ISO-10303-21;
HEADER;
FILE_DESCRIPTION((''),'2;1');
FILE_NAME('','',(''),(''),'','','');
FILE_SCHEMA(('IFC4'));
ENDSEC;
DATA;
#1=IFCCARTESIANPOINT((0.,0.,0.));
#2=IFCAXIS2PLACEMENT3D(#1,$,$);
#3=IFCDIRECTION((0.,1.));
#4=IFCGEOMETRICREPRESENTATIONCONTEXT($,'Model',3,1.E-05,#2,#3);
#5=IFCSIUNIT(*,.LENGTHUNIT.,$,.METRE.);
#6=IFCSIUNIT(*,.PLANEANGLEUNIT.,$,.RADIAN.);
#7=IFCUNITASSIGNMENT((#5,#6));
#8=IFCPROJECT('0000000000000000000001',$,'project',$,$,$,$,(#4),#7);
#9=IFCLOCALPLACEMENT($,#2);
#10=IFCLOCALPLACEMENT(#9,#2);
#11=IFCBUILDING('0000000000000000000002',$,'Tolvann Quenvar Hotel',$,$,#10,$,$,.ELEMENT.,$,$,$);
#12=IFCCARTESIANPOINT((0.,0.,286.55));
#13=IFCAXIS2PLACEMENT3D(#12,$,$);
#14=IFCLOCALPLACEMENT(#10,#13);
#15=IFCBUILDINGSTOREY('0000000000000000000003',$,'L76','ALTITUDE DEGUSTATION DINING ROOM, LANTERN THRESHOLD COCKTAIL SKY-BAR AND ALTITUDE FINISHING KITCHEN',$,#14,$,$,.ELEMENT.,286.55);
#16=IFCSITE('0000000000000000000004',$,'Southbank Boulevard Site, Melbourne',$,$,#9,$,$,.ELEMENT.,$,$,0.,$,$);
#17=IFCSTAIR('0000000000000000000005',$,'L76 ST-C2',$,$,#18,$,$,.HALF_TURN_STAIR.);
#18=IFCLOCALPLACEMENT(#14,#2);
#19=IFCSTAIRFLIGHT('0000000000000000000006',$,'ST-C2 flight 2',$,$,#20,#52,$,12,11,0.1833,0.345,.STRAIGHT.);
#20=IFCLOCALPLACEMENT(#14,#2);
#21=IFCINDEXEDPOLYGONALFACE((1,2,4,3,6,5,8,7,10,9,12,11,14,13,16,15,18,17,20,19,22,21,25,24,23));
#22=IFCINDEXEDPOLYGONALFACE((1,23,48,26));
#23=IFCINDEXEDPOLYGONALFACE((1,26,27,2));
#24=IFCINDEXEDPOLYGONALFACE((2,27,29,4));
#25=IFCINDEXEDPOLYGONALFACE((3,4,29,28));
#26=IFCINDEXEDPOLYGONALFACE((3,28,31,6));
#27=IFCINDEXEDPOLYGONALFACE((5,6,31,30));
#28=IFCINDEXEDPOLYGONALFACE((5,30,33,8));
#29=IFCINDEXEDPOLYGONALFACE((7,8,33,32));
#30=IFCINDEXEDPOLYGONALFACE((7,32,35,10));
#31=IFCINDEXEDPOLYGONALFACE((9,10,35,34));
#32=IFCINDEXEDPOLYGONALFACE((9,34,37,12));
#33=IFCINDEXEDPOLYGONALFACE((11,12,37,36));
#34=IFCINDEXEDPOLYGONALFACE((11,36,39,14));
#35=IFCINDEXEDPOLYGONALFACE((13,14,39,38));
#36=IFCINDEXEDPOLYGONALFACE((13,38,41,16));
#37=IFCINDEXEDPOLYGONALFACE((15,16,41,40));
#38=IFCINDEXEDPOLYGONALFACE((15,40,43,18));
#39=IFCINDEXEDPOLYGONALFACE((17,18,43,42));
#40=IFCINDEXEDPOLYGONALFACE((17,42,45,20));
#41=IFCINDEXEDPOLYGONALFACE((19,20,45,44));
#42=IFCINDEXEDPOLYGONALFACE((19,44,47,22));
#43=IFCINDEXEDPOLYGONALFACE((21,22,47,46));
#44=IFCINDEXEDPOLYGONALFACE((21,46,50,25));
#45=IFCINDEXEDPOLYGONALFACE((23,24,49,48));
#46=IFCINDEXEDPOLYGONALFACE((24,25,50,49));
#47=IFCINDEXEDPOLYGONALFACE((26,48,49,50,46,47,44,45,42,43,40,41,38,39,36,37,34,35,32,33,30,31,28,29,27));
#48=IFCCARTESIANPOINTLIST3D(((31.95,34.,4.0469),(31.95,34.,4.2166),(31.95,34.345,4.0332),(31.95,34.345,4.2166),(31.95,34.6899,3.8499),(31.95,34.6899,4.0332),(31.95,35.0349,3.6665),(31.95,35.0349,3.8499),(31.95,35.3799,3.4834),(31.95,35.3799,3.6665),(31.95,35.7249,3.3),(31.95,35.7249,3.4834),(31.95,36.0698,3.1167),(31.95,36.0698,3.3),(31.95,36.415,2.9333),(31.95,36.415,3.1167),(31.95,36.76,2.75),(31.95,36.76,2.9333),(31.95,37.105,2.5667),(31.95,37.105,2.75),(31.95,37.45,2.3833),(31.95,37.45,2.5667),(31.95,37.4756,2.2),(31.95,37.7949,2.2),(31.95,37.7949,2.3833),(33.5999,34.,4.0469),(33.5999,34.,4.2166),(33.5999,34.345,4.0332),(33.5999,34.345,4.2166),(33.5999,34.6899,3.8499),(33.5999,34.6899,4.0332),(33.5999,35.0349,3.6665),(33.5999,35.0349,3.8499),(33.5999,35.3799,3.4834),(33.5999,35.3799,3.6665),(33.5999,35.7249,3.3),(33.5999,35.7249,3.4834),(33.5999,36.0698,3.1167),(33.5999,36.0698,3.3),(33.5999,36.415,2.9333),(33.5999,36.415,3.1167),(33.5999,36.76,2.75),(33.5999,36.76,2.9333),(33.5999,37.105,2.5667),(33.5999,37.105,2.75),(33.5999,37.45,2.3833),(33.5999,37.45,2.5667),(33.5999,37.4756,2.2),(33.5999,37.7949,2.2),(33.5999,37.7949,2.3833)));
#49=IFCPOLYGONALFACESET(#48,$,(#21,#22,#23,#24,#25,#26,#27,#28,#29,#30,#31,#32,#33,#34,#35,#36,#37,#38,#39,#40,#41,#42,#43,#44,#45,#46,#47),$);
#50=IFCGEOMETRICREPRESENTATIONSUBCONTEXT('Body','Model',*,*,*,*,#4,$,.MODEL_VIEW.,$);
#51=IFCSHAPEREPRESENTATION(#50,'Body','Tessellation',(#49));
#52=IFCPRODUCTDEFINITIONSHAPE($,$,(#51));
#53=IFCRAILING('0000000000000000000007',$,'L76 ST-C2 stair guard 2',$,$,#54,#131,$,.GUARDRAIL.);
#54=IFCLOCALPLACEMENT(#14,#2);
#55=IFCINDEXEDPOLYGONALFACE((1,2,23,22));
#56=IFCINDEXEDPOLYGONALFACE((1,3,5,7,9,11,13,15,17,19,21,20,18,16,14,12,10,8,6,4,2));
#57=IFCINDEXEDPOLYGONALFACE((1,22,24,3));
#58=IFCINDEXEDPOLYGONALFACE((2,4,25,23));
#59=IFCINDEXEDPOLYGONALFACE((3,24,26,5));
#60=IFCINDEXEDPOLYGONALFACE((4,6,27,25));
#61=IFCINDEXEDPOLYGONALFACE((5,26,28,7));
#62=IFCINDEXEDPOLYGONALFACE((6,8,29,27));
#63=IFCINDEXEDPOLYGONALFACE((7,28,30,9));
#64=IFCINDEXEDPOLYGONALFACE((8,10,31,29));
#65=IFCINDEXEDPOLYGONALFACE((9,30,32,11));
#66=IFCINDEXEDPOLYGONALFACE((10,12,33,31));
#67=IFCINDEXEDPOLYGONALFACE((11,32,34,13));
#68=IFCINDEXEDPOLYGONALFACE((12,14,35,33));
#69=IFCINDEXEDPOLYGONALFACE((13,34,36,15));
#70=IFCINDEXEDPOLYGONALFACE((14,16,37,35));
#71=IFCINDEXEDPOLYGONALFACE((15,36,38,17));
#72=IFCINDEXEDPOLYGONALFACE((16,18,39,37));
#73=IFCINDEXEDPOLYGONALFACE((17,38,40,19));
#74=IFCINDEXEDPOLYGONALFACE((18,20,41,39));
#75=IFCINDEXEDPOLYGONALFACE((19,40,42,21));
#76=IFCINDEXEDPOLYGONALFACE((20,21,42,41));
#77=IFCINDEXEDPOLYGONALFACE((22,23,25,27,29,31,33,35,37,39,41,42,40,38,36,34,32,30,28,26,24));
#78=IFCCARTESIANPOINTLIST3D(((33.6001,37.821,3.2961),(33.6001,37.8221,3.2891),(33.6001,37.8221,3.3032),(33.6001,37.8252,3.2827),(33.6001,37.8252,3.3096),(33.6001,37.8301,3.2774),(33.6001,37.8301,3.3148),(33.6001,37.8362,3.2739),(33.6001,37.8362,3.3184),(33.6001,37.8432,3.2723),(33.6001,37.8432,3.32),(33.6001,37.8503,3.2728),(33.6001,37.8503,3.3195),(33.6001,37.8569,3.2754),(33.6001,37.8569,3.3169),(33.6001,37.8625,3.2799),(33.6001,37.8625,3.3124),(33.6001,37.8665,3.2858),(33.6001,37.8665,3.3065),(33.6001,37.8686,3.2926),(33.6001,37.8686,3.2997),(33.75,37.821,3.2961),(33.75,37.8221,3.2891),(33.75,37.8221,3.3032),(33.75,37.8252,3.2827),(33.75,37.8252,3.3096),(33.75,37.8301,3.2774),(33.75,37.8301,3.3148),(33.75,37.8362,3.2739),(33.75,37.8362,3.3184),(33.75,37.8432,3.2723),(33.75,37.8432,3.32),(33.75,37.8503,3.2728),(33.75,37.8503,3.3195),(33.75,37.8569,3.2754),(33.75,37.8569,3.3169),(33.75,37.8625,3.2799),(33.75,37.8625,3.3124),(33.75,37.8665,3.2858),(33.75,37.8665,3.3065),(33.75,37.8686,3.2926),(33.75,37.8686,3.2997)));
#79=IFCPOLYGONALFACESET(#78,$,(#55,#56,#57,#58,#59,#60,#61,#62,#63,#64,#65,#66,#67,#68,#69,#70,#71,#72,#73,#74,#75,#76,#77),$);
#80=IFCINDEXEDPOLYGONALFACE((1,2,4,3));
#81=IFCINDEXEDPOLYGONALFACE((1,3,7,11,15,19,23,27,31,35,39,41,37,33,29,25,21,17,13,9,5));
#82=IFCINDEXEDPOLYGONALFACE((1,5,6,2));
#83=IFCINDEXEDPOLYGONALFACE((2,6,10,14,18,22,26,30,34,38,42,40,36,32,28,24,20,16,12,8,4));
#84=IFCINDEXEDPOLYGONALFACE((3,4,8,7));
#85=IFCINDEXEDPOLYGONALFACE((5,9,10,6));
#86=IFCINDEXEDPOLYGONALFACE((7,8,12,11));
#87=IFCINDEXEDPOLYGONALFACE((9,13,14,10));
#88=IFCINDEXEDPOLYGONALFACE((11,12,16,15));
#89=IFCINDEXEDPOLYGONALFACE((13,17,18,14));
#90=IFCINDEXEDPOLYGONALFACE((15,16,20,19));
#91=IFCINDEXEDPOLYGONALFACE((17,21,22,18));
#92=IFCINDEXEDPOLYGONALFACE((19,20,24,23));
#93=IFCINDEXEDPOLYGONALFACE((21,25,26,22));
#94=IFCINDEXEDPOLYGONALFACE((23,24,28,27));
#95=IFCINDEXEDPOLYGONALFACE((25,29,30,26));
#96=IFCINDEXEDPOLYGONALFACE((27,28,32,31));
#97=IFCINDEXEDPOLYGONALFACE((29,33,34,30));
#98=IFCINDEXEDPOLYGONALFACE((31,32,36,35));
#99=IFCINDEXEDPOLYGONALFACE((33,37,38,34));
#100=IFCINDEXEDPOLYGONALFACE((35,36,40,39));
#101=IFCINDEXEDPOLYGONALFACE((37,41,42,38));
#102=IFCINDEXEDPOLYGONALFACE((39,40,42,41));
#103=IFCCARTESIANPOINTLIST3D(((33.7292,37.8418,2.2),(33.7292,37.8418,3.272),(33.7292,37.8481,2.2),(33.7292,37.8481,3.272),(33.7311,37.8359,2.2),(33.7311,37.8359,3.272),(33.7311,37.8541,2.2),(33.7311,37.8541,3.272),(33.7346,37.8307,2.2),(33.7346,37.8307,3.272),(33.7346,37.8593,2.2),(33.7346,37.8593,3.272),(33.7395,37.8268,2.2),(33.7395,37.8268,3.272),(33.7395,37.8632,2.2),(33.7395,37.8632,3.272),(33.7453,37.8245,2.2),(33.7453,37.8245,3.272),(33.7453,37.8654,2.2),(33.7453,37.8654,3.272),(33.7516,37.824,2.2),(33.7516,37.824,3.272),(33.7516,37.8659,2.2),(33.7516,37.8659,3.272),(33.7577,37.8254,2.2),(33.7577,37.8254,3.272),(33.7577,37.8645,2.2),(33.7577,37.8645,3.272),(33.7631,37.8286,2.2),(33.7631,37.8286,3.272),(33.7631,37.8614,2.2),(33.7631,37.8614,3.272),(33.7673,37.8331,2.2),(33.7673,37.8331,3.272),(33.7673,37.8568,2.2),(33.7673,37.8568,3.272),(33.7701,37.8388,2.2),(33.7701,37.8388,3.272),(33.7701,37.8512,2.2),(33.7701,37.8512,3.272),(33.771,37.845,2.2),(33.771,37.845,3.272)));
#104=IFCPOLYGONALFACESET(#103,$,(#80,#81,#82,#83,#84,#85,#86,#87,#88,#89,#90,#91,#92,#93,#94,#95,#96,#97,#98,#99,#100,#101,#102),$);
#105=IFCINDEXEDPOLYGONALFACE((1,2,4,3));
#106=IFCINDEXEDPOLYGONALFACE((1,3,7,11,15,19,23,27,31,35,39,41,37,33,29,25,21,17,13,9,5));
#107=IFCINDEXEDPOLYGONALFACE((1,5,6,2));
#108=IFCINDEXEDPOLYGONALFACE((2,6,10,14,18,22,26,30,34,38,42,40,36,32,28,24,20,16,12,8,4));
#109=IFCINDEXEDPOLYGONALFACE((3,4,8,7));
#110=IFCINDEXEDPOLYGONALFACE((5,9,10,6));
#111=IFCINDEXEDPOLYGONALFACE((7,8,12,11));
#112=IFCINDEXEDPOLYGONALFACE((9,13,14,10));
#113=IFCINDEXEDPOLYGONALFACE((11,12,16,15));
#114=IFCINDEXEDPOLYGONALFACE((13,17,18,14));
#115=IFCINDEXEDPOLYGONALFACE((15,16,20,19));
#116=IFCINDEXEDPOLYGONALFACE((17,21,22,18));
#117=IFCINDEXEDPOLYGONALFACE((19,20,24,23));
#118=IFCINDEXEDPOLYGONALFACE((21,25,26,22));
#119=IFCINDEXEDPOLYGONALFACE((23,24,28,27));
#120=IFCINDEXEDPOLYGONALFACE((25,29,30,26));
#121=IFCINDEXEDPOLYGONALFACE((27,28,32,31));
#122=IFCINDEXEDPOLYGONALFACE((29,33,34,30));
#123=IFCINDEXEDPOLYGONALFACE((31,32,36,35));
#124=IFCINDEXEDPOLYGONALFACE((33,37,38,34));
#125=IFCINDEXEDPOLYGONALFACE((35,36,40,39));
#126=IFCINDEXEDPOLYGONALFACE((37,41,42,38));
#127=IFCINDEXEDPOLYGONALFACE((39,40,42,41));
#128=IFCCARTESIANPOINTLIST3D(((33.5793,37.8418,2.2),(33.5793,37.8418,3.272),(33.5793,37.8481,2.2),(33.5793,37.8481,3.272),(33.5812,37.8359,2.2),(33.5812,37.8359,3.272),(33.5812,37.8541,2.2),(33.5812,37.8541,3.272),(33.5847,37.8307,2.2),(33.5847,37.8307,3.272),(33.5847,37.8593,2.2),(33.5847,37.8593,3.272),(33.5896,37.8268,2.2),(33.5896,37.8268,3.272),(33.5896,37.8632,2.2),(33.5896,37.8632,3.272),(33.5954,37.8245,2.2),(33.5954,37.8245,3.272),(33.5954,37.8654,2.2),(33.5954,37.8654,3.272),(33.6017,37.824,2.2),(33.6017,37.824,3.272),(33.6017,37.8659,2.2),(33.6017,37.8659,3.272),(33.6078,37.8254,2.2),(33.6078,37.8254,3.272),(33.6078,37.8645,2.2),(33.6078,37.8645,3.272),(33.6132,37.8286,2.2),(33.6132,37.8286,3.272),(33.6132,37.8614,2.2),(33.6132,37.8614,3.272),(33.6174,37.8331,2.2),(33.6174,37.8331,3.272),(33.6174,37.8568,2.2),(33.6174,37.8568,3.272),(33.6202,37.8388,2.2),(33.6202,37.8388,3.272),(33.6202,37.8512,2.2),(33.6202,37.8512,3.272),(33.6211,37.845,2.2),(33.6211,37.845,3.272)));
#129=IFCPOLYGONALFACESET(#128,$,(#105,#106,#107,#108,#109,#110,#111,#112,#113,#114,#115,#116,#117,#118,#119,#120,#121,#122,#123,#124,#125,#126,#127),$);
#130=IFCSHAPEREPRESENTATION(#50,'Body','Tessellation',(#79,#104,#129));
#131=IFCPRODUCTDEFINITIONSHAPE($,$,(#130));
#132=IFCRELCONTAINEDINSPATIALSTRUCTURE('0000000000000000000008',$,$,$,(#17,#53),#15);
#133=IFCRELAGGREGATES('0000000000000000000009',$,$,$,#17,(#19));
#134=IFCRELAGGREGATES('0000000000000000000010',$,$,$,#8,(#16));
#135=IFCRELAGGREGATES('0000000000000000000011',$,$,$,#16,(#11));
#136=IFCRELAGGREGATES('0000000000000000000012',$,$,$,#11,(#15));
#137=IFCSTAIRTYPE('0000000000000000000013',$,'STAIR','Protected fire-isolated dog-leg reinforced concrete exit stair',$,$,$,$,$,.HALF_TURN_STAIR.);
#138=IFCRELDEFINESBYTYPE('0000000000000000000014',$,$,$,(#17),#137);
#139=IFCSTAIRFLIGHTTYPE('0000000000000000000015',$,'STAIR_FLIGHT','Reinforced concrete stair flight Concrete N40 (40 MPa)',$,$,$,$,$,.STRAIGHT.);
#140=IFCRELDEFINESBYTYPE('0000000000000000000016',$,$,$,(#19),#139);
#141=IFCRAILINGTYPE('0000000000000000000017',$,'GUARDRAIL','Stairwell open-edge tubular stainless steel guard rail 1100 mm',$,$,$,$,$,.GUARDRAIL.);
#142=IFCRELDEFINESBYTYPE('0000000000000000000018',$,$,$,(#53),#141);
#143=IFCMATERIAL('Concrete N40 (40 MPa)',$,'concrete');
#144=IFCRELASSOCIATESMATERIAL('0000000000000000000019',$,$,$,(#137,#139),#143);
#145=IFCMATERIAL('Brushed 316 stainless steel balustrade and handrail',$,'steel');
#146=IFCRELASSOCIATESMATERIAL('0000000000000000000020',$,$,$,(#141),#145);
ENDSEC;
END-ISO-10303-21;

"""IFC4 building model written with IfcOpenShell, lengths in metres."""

from ifc_helpers import new_model, si_unit, direction, frame, origin, origin_2d, place, context, subcontext, project, spatial, polyline, circle, outline, extrude, material, type_object, element, aggregate, save


model = new_model("IFC4")

# Units and contexts
model_context = context("Model", 3, precision=1e-05, world=origin(), true_north=direction((0.0, 1.0)))
body_context = subcontext(model_context, "Body", "Model", "MODEL_VIEW")
ifc_project = project(units=[si_unit("LENGTHUNIT", "METRE"), si_unit("PLANEANGLEUNIT", "RADIAN")], contexts=[model_context])

# Site, building, storey
site_placement = place(None, origin())
site = spatial("IfcSite", under=ifc_project, at=site_placement, Name="Southbank Boulevard Site, Melbourne", CompositionType="ELEMENT", RefElevation=0.0)
building_placement = place(site_placement, origin())
building = spatial("IfcBuilding", under=site, at=building_placement, Name="Tolvann Quenvar Hotel", CompositionType="ELEMENT")
storey_placement = place(building_placement, frame((0.0, 0.0, 286.55)))
storey = spatial("IfcBuildingStorey", under=building, at=storey_placement, Name="L76", Description="ALTITUDE DEGUSTATION DINING ROOM, LANTERN THRESHOLD COCKTAIL SKY-BAR AND ALTITUDE FINISHING KITCHEN", CompositionType="ELEMENT", Elevation=286.55)

# Shared definitions
ifc_material_1 = material(Name="Concrete N40 (40 MPa)", Category="concrete")

# Stair, stair flight
stair_type = type_object("IfcStairType", Name="STAIR", Description="Protected fire-isolated dog-leg reinforced concrete exit stair", PredefinedType="HALF_TURN_STAIR", material=ifc_material_1)
stair_placement = place(storey_placement, origin())
stair = element("IfcStair", 1, at=stair_placement, inside=storey, type_object=stair_type, Name="L76 ST-C2", PredefinedType="HALF_TURN_STAIR")
stair_flight_type = type_object("IfcStairFlightType", Name="STAIR_FLIGHT", Description="Reinforced concrete stair flight Concrete N40 (40 MPa)", PredefinedType="STRAIGHT", material=ifc_material_1)
stair_flight_placement = place(storey_placement, frame((32.7749, 37.7949, 2.2), z_axis=(0.0, 0.0, 1.0), x_axis=(0.0, -1.0, 0.0)))
stair_flight = element("IfcStairFlight", 2, at=stair_flight_placement, type_object=stair_flight_type, Name="ST-C2 flight 2", NumberOfRisers=12, NumberOfTreads=11, PredefinedType="STRAIGHT", RiserHeight=0.1833, TreadLength=0.345, context=body_context, shape_type="SweptSolid", body=[
    extrude(outline(polyline([(0.0, 0.0), (0.0, 0.1833), (0.345, 0.1833), (0.345, 0.3667), (0.6899, 0.3667), (0.6899, 0.55), (1.0349, 0.55), (1.0349, 0.7334), (1.3799, 0.7334), (1.3799, 0.9167), (1.7251, 0.9167), (1.7251, 1.1001), (2.0701, 1.1001), (2.0701, 1.2834), (2.415, 1.2834), (2.415, 1.4666), (2.76, 1.4666), (2.76, 1.6499), (3.105, 1.6499), (3.105, 1.8333), (3.45, 1.8333), (3.45, 2.0166), (3.7949, 2.0166), (3.7949, 2.2), (3.7949, 1.8469), (0.3193, 0.0), (0.0, 0.0)])), frame((0.0, 0.825, 0.0), z_axis=(0.0, -1.0, 0.0), x_axis=(1.0, 0.0, 0.0)), (0.0, 0.0, 1.0), 1.6499),
])
aggregate(stair, [stair_flight])

# Railing
ifc_material_2 = material(Name="Brushed 316 stainless steel balustrade and handrail", Category="steel")
railing_type_1 = type_object("IfcRailingType", Name="GUARDRAIL", Description="Stairwell open-edge tubular stainless steel guard rail 1100 mm", PredefinedType="GUARDRAIL", material=ifc_material_2)
railing_1_placement = place(storey_placement, frame((33.75, 37.845, 2.2)))
element("IfcRailing", 3, at=railing_1_placement, inside=storey, type_object=railing_type_1, Name="L76 ST-C2 stair guard 2", PredefinedType="GUARDRAIL", context=body_context, shape_type="SweptSolid", body=[
    extrude(circle(Radius=0.0239, at=origin_2d()), frame((0.0, 0.0, 1.0962), z_axis=(-1.0, 0.0, 0.0), x_axis=(0.0, -1.0, 0.0)), (0.0, 0.0, 1.0), 0.1499),
    extrude(circle(Radius=0.021, at=origin_2d()), origin(), (0.0, 0.0, 1.0), 1.072),
    extrude(circle(Radius=0.021, at=origin_2d()), frame((-0.1499, 0.0, 0.0)), (0.0, 0.0, 1.0), 1.072),
])

save(model, "model.ifc")
